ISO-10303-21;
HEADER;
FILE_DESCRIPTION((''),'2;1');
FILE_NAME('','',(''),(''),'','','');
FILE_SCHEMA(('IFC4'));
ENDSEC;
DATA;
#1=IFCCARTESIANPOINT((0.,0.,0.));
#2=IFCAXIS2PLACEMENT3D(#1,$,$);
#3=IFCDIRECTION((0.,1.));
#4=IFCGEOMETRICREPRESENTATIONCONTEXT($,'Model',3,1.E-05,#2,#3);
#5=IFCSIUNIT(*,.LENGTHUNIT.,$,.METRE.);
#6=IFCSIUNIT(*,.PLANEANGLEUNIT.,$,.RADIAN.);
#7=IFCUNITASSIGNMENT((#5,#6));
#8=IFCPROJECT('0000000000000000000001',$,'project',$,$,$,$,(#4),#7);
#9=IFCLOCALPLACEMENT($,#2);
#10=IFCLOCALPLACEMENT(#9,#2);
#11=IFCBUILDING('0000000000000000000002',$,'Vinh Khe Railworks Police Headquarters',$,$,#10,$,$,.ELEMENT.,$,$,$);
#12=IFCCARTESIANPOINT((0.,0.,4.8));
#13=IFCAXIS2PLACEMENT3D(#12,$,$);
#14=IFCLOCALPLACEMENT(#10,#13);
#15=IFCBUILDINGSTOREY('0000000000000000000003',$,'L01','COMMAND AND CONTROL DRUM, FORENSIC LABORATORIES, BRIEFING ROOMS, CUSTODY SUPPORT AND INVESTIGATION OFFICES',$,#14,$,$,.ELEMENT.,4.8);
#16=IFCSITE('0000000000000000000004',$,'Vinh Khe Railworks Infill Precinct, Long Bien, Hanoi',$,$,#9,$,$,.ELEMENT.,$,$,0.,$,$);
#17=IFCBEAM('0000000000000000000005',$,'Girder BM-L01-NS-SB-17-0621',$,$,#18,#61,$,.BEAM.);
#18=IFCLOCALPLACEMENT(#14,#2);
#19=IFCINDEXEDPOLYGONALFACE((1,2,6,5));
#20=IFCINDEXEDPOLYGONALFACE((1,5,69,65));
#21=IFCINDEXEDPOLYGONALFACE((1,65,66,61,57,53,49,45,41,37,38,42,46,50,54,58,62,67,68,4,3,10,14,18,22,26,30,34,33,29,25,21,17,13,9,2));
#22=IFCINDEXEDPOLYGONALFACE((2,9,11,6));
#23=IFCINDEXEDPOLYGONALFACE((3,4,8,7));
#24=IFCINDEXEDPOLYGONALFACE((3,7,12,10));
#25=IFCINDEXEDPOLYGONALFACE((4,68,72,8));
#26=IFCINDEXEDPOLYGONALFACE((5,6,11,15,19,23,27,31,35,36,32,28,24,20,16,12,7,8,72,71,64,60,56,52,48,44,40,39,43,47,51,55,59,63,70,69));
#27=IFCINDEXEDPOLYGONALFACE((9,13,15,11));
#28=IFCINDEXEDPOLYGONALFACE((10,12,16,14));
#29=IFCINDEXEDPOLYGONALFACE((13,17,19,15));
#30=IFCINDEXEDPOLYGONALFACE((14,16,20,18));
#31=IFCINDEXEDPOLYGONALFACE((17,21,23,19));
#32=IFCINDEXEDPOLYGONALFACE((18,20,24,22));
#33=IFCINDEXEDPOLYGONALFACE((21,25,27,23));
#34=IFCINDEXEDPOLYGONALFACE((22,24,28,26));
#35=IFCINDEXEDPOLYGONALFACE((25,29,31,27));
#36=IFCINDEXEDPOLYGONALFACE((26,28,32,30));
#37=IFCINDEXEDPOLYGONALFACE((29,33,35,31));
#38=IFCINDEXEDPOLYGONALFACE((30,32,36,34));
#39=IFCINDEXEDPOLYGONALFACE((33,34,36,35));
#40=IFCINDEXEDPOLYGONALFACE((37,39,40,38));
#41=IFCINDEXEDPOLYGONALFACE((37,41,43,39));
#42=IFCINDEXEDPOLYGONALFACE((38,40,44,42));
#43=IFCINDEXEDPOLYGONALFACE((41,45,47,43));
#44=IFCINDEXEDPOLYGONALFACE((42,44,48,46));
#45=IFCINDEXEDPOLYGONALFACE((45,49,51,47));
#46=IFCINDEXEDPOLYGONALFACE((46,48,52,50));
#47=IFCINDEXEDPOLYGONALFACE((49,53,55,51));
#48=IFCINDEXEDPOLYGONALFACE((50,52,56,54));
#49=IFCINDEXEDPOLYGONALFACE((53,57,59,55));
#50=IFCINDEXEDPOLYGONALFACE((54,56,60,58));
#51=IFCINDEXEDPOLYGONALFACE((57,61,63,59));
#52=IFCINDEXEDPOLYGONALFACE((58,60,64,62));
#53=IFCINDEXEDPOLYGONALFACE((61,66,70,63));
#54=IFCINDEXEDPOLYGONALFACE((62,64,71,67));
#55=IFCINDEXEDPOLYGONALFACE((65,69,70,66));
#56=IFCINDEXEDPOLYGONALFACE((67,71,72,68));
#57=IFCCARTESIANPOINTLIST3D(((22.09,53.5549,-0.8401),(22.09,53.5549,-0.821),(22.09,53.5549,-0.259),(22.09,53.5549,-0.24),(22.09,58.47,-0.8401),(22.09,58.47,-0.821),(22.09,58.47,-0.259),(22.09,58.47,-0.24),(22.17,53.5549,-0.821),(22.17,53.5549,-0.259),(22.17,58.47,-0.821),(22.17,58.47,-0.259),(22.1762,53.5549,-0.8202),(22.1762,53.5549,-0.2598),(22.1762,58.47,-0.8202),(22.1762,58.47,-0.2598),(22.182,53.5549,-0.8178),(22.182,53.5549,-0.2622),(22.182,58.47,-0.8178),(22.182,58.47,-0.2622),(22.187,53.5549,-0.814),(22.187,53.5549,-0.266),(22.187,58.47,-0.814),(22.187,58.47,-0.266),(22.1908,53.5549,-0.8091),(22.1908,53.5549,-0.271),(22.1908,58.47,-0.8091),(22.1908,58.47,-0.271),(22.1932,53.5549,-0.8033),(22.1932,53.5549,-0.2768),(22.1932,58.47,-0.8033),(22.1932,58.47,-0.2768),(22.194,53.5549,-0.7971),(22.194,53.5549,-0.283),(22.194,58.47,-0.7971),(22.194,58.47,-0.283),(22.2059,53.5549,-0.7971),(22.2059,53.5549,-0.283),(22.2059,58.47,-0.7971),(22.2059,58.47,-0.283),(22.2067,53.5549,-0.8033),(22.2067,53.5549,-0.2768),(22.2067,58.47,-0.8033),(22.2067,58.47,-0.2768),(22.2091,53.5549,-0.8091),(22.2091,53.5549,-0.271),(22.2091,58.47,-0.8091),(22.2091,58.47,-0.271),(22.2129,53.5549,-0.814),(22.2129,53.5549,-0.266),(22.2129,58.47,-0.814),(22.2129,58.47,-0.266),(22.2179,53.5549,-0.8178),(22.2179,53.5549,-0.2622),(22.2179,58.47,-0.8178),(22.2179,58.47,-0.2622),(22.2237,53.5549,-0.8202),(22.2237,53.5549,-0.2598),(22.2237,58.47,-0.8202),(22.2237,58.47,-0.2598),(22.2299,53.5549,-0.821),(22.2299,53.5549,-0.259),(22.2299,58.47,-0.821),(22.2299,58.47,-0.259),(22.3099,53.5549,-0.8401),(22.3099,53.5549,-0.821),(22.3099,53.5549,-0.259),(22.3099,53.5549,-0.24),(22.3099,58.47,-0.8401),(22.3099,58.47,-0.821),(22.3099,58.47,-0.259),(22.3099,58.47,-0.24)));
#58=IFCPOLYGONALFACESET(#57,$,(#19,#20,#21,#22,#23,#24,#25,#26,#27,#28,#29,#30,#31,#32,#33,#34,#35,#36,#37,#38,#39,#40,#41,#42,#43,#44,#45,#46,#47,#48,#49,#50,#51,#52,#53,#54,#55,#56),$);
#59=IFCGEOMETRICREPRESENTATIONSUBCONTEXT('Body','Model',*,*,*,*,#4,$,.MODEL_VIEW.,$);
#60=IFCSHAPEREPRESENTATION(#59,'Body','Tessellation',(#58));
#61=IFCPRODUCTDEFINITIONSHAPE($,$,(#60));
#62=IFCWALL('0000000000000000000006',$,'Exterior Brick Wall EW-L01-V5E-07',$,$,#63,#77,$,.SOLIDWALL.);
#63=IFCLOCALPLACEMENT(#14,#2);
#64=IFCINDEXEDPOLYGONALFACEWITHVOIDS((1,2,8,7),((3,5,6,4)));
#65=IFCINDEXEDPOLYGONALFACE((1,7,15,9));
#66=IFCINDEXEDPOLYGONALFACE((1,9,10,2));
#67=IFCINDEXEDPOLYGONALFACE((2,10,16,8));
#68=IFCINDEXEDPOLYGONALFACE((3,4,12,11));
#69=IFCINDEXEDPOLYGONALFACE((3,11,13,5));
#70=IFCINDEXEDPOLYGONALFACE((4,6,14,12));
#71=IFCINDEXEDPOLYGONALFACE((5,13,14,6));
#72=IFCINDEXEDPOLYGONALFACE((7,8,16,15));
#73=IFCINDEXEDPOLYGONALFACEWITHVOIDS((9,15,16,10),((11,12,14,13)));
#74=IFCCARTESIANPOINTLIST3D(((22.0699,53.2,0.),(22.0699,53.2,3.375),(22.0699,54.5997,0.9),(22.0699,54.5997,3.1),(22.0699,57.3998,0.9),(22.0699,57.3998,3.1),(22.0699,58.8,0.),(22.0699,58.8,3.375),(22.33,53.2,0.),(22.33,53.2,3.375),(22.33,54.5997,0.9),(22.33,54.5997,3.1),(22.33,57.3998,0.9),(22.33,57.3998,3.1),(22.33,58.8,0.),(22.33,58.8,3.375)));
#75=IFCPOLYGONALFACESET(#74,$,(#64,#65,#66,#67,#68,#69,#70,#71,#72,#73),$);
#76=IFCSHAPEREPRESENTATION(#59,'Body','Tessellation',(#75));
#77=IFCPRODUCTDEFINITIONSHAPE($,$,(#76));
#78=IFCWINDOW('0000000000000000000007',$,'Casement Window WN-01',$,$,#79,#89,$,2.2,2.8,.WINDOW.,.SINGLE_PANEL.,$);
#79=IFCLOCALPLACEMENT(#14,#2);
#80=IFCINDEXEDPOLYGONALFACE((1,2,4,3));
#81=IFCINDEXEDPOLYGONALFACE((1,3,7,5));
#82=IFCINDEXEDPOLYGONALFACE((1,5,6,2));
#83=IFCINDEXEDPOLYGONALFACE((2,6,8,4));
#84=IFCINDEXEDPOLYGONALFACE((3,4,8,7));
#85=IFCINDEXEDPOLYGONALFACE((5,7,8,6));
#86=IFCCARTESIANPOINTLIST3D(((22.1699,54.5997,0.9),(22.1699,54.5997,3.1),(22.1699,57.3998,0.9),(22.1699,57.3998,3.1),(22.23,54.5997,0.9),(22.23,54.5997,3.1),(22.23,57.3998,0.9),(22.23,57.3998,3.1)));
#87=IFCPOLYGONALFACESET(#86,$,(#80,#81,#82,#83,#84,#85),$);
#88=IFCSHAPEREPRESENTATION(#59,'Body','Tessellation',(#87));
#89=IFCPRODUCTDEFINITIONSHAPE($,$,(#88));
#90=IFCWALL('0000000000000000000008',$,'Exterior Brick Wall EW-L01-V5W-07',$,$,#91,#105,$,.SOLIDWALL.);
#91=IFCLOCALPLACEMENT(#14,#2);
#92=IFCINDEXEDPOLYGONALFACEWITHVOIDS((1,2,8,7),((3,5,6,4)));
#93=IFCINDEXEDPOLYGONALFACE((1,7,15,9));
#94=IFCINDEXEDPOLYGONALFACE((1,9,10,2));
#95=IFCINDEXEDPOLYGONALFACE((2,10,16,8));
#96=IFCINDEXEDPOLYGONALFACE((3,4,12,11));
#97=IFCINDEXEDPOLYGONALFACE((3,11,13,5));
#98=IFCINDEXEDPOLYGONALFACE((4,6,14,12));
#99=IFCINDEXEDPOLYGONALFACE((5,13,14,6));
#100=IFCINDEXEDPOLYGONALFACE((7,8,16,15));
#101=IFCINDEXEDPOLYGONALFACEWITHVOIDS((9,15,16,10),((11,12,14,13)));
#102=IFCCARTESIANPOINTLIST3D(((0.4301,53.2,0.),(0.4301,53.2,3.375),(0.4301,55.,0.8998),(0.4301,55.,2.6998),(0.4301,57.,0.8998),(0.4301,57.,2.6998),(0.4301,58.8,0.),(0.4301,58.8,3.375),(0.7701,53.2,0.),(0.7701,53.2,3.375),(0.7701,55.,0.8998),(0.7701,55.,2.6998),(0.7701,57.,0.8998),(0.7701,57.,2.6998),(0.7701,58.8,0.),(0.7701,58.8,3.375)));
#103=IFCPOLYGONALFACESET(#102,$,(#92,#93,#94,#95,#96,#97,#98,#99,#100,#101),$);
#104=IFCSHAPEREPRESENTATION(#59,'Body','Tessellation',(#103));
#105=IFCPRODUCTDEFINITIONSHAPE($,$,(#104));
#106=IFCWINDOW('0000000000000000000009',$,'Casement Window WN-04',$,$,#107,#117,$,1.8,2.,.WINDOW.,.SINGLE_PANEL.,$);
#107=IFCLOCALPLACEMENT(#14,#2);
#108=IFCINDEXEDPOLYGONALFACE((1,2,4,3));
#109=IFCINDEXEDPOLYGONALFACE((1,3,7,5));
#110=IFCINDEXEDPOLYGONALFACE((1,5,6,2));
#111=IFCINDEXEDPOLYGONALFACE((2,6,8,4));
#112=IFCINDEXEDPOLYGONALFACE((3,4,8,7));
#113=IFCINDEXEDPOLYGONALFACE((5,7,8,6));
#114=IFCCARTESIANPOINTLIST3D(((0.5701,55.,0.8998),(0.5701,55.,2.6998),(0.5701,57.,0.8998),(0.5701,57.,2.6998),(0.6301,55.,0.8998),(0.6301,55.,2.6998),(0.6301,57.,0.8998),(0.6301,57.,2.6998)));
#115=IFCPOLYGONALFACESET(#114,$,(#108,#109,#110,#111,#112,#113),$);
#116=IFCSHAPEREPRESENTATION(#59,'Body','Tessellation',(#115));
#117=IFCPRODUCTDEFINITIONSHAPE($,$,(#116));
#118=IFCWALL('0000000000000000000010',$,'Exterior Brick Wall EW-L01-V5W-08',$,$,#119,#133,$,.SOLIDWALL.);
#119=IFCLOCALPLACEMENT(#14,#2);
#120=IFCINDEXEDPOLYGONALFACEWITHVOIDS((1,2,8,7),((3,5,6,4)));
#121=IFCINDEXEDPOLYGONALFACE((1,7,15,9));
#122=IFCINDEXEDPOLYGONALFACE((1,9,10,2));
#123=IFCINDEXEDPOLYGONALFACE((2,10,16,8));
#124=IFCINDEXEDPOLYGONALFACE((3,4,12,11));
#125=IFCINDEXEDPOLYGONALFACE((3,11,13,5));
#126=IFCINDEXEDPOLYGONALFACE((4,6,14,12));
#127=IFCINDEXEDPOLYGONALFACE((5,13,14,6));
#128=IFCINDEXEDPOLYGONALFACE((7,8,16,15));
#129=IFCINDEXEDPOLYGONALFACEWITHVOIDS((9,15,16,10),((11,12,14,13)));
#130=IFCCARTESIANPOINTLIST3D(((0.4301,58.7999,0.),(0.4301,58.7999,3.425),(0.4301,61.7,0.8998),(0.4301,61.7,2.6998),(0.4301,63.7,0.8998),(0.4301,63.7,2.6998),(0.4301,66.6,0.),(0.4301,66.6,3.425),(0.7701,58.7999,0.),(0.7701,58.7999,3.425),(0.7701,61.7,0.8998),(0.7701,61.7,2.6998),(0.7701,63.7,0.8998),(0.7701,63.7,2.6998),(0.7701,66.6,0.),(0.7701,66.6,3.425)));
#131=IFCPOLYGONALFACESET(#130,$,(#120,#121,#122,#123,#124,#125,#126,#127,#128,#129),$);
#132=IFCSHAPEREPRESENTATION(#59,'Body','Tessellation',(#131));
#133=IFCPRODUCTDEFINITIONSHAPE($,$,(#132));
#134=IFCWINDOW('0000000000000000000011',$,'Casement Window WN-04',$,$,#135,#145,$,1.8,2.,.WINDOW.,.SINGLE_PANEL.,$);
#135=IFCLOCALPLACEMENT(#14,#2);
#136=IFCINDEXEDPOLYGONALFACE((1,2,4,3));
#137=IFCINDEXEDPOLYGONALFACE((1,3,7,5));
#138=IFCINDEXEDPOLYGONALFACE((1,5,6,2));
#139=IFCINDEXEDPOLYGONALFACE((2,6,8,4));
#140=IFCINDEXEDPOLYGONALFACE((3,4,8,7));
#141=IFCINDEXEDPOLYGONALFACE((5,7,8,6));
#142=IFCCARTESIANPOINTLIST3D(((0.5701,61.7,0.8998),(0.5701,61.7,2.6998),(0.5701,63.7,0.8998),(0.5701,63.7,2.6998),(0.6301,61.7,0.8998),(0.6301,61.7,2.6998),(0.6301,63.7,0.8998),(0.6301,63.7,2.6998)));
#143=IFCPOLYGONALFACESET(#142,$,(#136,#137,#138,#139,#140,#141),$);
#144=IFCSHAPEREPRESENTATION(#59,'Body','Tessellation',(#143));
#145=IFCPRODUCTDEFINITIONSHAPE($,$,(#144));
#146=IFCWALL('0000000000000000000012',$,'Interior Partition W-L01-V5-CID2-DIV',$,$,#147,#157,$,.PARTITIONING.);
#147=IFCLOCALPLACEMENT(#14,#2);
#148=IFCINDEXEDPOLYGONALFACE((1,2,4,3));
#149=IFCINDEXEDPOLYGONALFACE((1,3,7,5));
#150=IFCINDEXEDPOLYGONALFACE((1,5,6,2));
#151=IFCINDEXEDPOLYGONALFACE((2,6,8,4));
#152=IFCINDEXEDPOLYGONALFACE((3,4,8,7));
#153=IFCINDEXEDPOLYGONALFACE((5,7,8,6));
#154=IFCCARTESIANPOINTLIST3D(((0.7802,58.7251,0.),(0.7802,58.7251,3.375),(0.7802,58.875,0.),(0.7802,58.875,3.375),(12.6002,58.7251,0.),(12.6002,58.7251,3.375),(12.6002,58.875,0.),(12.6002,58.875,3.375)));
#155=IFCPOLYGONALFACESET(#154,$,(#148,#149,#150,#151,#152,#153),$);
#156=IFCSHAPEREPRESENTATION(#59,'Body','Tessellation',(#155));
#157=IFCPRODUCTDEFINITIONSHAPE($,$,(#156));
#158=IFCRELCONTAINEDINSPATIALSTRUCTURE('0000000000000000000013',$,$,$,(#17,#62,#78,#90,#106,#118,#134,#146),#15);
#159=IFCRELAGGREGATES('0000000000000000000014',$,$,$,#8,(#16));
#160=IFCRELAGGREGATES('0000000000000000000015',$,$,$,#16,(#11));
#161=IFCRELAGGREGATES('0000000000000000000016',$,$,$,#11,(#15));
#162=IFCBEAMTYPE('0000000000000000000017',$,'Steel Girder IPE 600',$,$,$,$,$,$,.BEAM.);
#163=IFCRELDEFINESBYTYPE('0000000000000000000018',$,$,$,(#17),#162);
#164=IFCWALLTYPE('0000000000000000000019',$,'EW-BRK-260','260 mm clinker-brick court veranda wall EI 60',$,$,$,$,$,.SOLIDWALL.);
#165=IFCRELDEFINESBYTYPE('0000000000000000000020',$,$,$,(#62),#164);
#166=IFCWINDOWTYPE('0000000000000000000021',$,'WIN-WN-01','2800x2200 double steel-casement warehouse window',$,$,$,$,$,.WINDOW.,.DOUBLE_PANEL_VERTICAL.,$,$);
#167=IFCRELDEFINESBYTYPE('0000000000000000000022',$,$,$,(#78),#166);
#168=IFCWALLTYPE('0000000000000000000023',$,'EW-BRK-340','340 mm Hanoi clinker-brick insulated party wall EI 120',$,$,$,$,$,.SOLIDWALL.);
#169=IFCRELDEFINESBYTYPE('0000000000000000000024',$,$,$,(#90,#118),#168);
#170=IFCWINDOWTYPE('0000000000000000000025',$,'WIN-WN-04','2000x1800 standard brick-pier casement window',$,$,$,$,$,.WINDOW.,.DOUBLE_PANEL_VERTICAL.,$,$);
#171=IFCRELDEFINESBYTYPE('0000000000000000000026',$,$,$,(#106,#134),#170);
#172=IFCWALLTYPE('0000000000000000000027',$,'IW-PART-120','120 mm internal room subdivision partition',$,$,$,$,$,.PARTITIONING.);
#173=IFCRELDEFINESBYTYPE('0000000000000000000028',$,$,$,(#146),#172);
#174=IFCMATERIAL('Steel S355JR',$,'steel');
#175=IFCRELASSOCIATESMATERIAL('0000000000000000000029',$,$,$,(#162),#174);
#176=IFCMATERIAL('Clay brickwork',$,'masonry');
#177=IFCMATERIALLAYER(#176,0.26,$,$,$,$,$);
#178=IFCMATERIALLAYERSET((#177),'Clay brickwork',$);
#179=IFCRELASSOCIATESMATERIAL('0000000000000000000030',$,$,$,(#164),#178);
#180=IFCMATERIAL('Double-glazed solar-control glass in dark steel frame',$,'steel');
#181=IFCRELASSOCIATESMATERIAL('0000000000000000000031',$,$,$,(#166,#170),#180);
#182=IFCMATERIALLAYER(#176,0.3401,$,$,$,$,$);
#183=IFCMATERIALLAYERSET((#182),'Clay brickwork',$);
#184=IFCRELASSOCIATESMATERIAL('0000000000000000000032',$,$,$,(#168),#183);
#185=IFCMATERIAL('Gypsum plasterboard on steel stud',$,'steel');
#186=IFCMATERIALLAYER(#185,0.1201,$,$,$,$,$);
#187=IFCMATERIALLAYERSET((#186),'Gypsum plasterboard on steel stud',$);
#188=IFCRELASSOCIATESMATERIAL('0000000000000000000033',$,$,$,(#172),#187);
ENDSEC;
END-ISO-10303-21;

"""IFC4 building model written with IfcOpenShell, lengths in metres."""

from ifc_helpers import new_model, si_unit, direction, frame, frame_2d, origin, origin_2d, place, context, subcontext, project, spatial, rectangle, i_section, extrude, material, layer, layer_set, material_profile, profile_set, type_object, element, fill, save


model = new_model("IFC4")

# Units and contexts
model_context = context("Model", 3, precision=1e-05, world=origin(), true_north=direction((0.0, 1.0)))
body_context = subcontext(model_context, "Body", "Model", "MODEL_VIEW")
ifc_project = project(units=[si_unit("LENGTHUNIT", "METRE"), si_unit("PLANEANGLEUNIT", "RADIAN")], contexts=[model_context])

# Site, building, storey
site_placement = place(None, origin())
site = spatial("IfcSite", under=ifc_project, at=site_placement, Name="Vinh Khe Railworks Infill Precinct, Long Bien, Hanoi", CompositionType="ELEMENT", RefElevation=0.0)
building_placement = place(site_placement, origin())
building = spatial("IfcBuilding", under=site, at=building_placement, Name="Vinh Khe Railworks Police Headquarters", CompositionType="ELEMENT")
storey_placement = place(building_placement, frame((0.0, 0.0, 4.8)))
storey = spatial("IfcBuildingStorey", under=building, at=storey_placement, Name="L01", Description="COMMAND AND CONTROL DRUM, FORENSIC LABORATORIES, BRIEFING ROOMS, CUSTODY SUPPORT AND INVESTIGATION OFFICES", CompositionType="ELEMENT", Elevation=4.8)

# Beam
ifc_material_1 = material(Name="Steel S355JR", Category="steel")
ifc_material_profile_1 = material_profile(ifc_material_1, i_section(OverallWidth=0.22, OverallDepth=0.6001, WebThickness=0.012, FlangeThickness=0.019, FilletRadius=0.0239, at=origin_2d()), Name="IPE 600")
ifc_profile_set_1 = profile_set([ifc_material_profile_1], Name="Steel S355JR")
beam_type_1 = type_object("IfcBeamType", Name="Steel Girder IPE 600", PredefinedType="BEAM", material=ifc_profile_set_1)
beam_1_placement = place(storey_placement, frame((22.2, 53.5549, -0.54), z_axis=(0.0, 1.0, 0.0), x_axis=(-1.0, 0.0, 0.0)))
element("IfcBeam", 1, at=beam_1_placement, inside=storey, type_object=beam_type_1, Name="Girder BM-L01-NS-SB-17-0621", PredefinedType="BEAM", context=body_context, shape_type="SweptSolid", body=[
    extrude(i_section(OverallWidth=0.22, OverallDepth=0.6001, WebThickness=0.012, FlangeThickness=0.019, FilletRadius=0.0239, at=origin_2d()), origin(), (0.0, 0.0, 1.0), 4.915),
])

# Walls, openings, windows
ifc_material_2 = material(Name="Clay brickwork", Category="masonry")
ifc_layer_1 = layer(ifc_material_2, 0.26)
ifc_layer_set_1 = layer_set([ifc_layer_1], Name="Clay brickwork")
wall_type_1 = type_object("IfcWallType", Name="EW-BRK-260", Description="260 mm clinker-brick court veranda wall EI 60", PredefinedType="SOLIDWALL", material=ifc_layer_set_1)
wall_1_placement = place(storey_placement, frame((22.2, 53.2, 0.0), z_axis=(0.0, 0.0, 1.0), x_axis=(0.0, 1.0, 0.0)))
wall_1 = element("IfcWall", 2, at=wall_1_placement, inside=storey, type_object=wall_type_1, Name="Exterior Brick Wall EW-L01-V5E-07", PredefinedType="SOLIDWALL", context=body_context, shape_type="SweptSolid", body=[
    extrude(rectangle(XDim=5.6001, YDim=0.26, at=frame_2d((2.8, 0.0))), origin(), (0.0, 0.0, 1.0), 3.375),
])
opening_1_placement = place(wall_1_placement, frame((1.3999, 0.0, 0.8999)))
opening_1 = element("IfcOpeningElement", 3, at=opening_1_placement, cuts=wall_1, PredefinedType="OPENING", context=body_context, shape_type="SweptSolid", body=[
    extrude(rectangle(XDim=2.8, YDim=2.2, at=frame_2d((1.3999, 1.1001))), frame((0.0, 0.145, 0.0), z_axis=(0.0, -1.0, 0.0), x_axis=(1.0, 0.0, 0.0)), (0.0, 0.0, 1.0), 0.2898),
])
ifc_material_3 = material(Name="Double-glazed solar-control glass in dark steel frame", Category="steel")
window_type_1 = type_object("IfcWindowType", Name="WIN-WN-01", Description="2800x2200 double steel-casement warehouse window", PartitioningType="DOUBLE_PANEL_VERTICAL", PredefinedType="WINDOW", material=ifc_material_3)
window_1_placement = place(opening_1_placement, origin())
window_1 = element("IfcWindow", 4, at=window_1_placement, inside=storey, type_object=window_type_1, Name="Casement Window WN-01", OverallHeight=2.2, OverallWidth=2.8, PartitioningType="SINGLE_PANEL", PredefinedType="WINDOW", context=body_context, shape_type="SweptSolid", body=[
    extrude(rectangle(XDim=2.8, YDim=2.2, at=frame_2d((1.3999, 1.1001))), frame((0.0, 0.03, 0.0), z_axis=(0.0, -1.0, 0.0), x_axis=(1.0, 0.0, 0.0)), (0.0, 0.0, 1.0), 0.0601),
])
fill(opening_1, window_1)
ifc_layer_2 = layer(ifc_material_2, 0.3401)
ifc_layer_set_2 = layer_set([ifc_layer_2], Name="Clay brickwork")
wall_type_2 = type_object("IfcWallType", Name="EW-BRK-340", Description="340 mm Hanoi clinker-brick insulated party wall EI 120", PredefinedType="SOLIDWALL", material=ifc_layer_set_2)
wall_2_placement = place(storey_placement, frame((0.6001, 53.2, 0.0), z_axis=(0.0, 0.0, 1.0), x_axis=(0.0, 1.0, 0.0)))
wall_2 = element("IfcWall", 5, at=wall_2_placement, inside=storey, type_object=wall_type_2, Name="Exterior Brick Wall EW-L01-V5W-07", PredefinedType="SOLIDWALL", context=body_context, shape_type="SweptSolid", body=[
    extrude(rectangle(XDim=5.6001, YDim=0.3401, at=frame_2d((2.8, 0.0))), origin(), (0.0, 0.0, 1.0), 3.375),
])
opening_2_placement = place(wall_2_placement, frame((1.8, 0.0, 0.8999)))
opening_2 = element("IfcOpeningElement", 6, at=opening_2_placement, cuts=wall_2, PredefinedType="OPENING", context=body_context, shape_type="SweptSolid", body=[
    extrude(rectangle(XDim=2.0, YDim=1.8, at=frame_2d((1.0, 0.8999))), frame((0.0, 0.1851, 0.0), z_axis=(0.0, -1.0, 0.0), x_axis=(1.0, 0.0, 0.0)), (0.0, 0.0, 1.0), 0.3699),
])
window_type_2 = type_object("IfcWindowType", Name="WIN-WN-04", Description="2000x1800 standard brick-pier casement window", PartitioningType="DOUBLE_PANEL_VERTICAL", PredefinedType="WINDOW", material=ifc_material_3)
window_2_placement = place(opening_2_placement, origin())
window_2 = element("IfcWindow", 7, at=window_2_placement, inside=storey, type_object=window_type_2, Name="Casement Window WN-04", OverallHeight=1.8, OverallWidth=2.0, PartitioningType="SINGLE_PANEL", PredefinedType="WINDOW", context=body_context, shape_type="SweptSolid", body=[
    extrude(rectangle(XDim=2.0, YDim=1.8, at=frame_2d((1.0, 0.8999))), frame((0.0, 0.03, 0.0), z_axis=(0.0, -1.0, 0.0), x_axis=(1.0, 0.0, 0.0)), (0.0, 0.0, 1.0), 0.0601),
])
fill(opening_2, window_2)
wall_3_placement = place(storey_placement, frame((0.6001, 58.8, 0.0), z_axis=(0.0, 0.0, 1.0), x_axis=(0.0, 1.0, 0.0)))
wall_3 = element("IfcWall", 8, at=wall_3_placement, inside=storey, type_object=wall_type_2, Name="Exterior Brick Wall EW-L01-V5W-08", PredefinedType="SOLIDWALL", context=body_context, shape_type="SweptSolid", body=[
    extrude(rectangle(XDim=7.8, YDim=0.3401, at=frame_2d((3.8999, 0.0))), origin(), (0.0, 0.0, 1.0), 3.425),
])
opening_3_placement = place(wall_3_placement, frame((2.8999, 0.0, 0.8999)))
opening_3 = element("IfcOpeningElement", 9, at=opening_3_placement, cuts=wall_3, PredefinedType="OPENING", context=body_context, shape_type="SweptSolid", body=[
    extrude(rectangle(XDim=2.0, YDim=1.8, at=frame_2d((1.0, 0.8999))), frame((0.0, 0.1851, 0.0), z_axis=(0.0, -1.0, 0.0), x_axis=(1.0, 0.0, 0.0)), (0.0, 0.0, 1.0), 0.3699),
])
window_3_placement = place(opening_3_placement, origin())
window_3 = element("IfcWindow", 10, at=window_3_placement, inside=storey, type_object=window_type_2, Name="Casement Window WN-04", OverallHeight=1.8, OverallWidth=2.0, PartitioningType="SINGLE_PANEL", PredefinedType="WINDOW", context=body_context, shape_type="SweptSolid", body=[
    extrude(rectangle(XDim=2.0, YDim=1.8, at=frame_2d((1.0, 0.8999))), frame((0.0, 0.03, 0.0), z_axis=(0.0, -1.0, 0.0), x_axis=(1.0, 0.0, 0.0)), (0.0, 0.0, 1.0), 0.0601),
])
fill(opening_3, window_3)

# Wall
ifc_material_4 = material(Name="Gypsum plasterboard on steel stud", Category="steel")
ifc_layer_3 = layer(ifc_material_4, 0.1201)
ifc_layer_set_3 = layer_set([ifc_layer_3], Name="Gypsum plasterboard on steel stud")
wall_type_3 = type_object("IfcWallType", Name="IW-PART-120", Description="120 mm internal room subdivision partition", PredefinedType="PARTITIONING", material=ifc_layer_set_3)
wall_4_placement = place(storey_placement, frame((0.78, 58.8, 0.0), z_axis=(0.0, 0.0, 1.0), x_axis=(1.0, 0.0, 0.0)))
element("IfcWall", 11, at=wall_4_placement, inside=storey, type_object=wall_type_3, Name="Interior Partition W-L01-V5-CID2-DIV", PredefinedType="PARTITIONING", context=body_context, shape_type="SweptSolid", body=[
    extrude(rectangle(XDim=11.8201, YDim=0.1499, at=frame_2d((5.9102, 0.0))), origin(), (0.0, 0.0, 1.0), 3.375),
])

save(model, "model.ifc")
